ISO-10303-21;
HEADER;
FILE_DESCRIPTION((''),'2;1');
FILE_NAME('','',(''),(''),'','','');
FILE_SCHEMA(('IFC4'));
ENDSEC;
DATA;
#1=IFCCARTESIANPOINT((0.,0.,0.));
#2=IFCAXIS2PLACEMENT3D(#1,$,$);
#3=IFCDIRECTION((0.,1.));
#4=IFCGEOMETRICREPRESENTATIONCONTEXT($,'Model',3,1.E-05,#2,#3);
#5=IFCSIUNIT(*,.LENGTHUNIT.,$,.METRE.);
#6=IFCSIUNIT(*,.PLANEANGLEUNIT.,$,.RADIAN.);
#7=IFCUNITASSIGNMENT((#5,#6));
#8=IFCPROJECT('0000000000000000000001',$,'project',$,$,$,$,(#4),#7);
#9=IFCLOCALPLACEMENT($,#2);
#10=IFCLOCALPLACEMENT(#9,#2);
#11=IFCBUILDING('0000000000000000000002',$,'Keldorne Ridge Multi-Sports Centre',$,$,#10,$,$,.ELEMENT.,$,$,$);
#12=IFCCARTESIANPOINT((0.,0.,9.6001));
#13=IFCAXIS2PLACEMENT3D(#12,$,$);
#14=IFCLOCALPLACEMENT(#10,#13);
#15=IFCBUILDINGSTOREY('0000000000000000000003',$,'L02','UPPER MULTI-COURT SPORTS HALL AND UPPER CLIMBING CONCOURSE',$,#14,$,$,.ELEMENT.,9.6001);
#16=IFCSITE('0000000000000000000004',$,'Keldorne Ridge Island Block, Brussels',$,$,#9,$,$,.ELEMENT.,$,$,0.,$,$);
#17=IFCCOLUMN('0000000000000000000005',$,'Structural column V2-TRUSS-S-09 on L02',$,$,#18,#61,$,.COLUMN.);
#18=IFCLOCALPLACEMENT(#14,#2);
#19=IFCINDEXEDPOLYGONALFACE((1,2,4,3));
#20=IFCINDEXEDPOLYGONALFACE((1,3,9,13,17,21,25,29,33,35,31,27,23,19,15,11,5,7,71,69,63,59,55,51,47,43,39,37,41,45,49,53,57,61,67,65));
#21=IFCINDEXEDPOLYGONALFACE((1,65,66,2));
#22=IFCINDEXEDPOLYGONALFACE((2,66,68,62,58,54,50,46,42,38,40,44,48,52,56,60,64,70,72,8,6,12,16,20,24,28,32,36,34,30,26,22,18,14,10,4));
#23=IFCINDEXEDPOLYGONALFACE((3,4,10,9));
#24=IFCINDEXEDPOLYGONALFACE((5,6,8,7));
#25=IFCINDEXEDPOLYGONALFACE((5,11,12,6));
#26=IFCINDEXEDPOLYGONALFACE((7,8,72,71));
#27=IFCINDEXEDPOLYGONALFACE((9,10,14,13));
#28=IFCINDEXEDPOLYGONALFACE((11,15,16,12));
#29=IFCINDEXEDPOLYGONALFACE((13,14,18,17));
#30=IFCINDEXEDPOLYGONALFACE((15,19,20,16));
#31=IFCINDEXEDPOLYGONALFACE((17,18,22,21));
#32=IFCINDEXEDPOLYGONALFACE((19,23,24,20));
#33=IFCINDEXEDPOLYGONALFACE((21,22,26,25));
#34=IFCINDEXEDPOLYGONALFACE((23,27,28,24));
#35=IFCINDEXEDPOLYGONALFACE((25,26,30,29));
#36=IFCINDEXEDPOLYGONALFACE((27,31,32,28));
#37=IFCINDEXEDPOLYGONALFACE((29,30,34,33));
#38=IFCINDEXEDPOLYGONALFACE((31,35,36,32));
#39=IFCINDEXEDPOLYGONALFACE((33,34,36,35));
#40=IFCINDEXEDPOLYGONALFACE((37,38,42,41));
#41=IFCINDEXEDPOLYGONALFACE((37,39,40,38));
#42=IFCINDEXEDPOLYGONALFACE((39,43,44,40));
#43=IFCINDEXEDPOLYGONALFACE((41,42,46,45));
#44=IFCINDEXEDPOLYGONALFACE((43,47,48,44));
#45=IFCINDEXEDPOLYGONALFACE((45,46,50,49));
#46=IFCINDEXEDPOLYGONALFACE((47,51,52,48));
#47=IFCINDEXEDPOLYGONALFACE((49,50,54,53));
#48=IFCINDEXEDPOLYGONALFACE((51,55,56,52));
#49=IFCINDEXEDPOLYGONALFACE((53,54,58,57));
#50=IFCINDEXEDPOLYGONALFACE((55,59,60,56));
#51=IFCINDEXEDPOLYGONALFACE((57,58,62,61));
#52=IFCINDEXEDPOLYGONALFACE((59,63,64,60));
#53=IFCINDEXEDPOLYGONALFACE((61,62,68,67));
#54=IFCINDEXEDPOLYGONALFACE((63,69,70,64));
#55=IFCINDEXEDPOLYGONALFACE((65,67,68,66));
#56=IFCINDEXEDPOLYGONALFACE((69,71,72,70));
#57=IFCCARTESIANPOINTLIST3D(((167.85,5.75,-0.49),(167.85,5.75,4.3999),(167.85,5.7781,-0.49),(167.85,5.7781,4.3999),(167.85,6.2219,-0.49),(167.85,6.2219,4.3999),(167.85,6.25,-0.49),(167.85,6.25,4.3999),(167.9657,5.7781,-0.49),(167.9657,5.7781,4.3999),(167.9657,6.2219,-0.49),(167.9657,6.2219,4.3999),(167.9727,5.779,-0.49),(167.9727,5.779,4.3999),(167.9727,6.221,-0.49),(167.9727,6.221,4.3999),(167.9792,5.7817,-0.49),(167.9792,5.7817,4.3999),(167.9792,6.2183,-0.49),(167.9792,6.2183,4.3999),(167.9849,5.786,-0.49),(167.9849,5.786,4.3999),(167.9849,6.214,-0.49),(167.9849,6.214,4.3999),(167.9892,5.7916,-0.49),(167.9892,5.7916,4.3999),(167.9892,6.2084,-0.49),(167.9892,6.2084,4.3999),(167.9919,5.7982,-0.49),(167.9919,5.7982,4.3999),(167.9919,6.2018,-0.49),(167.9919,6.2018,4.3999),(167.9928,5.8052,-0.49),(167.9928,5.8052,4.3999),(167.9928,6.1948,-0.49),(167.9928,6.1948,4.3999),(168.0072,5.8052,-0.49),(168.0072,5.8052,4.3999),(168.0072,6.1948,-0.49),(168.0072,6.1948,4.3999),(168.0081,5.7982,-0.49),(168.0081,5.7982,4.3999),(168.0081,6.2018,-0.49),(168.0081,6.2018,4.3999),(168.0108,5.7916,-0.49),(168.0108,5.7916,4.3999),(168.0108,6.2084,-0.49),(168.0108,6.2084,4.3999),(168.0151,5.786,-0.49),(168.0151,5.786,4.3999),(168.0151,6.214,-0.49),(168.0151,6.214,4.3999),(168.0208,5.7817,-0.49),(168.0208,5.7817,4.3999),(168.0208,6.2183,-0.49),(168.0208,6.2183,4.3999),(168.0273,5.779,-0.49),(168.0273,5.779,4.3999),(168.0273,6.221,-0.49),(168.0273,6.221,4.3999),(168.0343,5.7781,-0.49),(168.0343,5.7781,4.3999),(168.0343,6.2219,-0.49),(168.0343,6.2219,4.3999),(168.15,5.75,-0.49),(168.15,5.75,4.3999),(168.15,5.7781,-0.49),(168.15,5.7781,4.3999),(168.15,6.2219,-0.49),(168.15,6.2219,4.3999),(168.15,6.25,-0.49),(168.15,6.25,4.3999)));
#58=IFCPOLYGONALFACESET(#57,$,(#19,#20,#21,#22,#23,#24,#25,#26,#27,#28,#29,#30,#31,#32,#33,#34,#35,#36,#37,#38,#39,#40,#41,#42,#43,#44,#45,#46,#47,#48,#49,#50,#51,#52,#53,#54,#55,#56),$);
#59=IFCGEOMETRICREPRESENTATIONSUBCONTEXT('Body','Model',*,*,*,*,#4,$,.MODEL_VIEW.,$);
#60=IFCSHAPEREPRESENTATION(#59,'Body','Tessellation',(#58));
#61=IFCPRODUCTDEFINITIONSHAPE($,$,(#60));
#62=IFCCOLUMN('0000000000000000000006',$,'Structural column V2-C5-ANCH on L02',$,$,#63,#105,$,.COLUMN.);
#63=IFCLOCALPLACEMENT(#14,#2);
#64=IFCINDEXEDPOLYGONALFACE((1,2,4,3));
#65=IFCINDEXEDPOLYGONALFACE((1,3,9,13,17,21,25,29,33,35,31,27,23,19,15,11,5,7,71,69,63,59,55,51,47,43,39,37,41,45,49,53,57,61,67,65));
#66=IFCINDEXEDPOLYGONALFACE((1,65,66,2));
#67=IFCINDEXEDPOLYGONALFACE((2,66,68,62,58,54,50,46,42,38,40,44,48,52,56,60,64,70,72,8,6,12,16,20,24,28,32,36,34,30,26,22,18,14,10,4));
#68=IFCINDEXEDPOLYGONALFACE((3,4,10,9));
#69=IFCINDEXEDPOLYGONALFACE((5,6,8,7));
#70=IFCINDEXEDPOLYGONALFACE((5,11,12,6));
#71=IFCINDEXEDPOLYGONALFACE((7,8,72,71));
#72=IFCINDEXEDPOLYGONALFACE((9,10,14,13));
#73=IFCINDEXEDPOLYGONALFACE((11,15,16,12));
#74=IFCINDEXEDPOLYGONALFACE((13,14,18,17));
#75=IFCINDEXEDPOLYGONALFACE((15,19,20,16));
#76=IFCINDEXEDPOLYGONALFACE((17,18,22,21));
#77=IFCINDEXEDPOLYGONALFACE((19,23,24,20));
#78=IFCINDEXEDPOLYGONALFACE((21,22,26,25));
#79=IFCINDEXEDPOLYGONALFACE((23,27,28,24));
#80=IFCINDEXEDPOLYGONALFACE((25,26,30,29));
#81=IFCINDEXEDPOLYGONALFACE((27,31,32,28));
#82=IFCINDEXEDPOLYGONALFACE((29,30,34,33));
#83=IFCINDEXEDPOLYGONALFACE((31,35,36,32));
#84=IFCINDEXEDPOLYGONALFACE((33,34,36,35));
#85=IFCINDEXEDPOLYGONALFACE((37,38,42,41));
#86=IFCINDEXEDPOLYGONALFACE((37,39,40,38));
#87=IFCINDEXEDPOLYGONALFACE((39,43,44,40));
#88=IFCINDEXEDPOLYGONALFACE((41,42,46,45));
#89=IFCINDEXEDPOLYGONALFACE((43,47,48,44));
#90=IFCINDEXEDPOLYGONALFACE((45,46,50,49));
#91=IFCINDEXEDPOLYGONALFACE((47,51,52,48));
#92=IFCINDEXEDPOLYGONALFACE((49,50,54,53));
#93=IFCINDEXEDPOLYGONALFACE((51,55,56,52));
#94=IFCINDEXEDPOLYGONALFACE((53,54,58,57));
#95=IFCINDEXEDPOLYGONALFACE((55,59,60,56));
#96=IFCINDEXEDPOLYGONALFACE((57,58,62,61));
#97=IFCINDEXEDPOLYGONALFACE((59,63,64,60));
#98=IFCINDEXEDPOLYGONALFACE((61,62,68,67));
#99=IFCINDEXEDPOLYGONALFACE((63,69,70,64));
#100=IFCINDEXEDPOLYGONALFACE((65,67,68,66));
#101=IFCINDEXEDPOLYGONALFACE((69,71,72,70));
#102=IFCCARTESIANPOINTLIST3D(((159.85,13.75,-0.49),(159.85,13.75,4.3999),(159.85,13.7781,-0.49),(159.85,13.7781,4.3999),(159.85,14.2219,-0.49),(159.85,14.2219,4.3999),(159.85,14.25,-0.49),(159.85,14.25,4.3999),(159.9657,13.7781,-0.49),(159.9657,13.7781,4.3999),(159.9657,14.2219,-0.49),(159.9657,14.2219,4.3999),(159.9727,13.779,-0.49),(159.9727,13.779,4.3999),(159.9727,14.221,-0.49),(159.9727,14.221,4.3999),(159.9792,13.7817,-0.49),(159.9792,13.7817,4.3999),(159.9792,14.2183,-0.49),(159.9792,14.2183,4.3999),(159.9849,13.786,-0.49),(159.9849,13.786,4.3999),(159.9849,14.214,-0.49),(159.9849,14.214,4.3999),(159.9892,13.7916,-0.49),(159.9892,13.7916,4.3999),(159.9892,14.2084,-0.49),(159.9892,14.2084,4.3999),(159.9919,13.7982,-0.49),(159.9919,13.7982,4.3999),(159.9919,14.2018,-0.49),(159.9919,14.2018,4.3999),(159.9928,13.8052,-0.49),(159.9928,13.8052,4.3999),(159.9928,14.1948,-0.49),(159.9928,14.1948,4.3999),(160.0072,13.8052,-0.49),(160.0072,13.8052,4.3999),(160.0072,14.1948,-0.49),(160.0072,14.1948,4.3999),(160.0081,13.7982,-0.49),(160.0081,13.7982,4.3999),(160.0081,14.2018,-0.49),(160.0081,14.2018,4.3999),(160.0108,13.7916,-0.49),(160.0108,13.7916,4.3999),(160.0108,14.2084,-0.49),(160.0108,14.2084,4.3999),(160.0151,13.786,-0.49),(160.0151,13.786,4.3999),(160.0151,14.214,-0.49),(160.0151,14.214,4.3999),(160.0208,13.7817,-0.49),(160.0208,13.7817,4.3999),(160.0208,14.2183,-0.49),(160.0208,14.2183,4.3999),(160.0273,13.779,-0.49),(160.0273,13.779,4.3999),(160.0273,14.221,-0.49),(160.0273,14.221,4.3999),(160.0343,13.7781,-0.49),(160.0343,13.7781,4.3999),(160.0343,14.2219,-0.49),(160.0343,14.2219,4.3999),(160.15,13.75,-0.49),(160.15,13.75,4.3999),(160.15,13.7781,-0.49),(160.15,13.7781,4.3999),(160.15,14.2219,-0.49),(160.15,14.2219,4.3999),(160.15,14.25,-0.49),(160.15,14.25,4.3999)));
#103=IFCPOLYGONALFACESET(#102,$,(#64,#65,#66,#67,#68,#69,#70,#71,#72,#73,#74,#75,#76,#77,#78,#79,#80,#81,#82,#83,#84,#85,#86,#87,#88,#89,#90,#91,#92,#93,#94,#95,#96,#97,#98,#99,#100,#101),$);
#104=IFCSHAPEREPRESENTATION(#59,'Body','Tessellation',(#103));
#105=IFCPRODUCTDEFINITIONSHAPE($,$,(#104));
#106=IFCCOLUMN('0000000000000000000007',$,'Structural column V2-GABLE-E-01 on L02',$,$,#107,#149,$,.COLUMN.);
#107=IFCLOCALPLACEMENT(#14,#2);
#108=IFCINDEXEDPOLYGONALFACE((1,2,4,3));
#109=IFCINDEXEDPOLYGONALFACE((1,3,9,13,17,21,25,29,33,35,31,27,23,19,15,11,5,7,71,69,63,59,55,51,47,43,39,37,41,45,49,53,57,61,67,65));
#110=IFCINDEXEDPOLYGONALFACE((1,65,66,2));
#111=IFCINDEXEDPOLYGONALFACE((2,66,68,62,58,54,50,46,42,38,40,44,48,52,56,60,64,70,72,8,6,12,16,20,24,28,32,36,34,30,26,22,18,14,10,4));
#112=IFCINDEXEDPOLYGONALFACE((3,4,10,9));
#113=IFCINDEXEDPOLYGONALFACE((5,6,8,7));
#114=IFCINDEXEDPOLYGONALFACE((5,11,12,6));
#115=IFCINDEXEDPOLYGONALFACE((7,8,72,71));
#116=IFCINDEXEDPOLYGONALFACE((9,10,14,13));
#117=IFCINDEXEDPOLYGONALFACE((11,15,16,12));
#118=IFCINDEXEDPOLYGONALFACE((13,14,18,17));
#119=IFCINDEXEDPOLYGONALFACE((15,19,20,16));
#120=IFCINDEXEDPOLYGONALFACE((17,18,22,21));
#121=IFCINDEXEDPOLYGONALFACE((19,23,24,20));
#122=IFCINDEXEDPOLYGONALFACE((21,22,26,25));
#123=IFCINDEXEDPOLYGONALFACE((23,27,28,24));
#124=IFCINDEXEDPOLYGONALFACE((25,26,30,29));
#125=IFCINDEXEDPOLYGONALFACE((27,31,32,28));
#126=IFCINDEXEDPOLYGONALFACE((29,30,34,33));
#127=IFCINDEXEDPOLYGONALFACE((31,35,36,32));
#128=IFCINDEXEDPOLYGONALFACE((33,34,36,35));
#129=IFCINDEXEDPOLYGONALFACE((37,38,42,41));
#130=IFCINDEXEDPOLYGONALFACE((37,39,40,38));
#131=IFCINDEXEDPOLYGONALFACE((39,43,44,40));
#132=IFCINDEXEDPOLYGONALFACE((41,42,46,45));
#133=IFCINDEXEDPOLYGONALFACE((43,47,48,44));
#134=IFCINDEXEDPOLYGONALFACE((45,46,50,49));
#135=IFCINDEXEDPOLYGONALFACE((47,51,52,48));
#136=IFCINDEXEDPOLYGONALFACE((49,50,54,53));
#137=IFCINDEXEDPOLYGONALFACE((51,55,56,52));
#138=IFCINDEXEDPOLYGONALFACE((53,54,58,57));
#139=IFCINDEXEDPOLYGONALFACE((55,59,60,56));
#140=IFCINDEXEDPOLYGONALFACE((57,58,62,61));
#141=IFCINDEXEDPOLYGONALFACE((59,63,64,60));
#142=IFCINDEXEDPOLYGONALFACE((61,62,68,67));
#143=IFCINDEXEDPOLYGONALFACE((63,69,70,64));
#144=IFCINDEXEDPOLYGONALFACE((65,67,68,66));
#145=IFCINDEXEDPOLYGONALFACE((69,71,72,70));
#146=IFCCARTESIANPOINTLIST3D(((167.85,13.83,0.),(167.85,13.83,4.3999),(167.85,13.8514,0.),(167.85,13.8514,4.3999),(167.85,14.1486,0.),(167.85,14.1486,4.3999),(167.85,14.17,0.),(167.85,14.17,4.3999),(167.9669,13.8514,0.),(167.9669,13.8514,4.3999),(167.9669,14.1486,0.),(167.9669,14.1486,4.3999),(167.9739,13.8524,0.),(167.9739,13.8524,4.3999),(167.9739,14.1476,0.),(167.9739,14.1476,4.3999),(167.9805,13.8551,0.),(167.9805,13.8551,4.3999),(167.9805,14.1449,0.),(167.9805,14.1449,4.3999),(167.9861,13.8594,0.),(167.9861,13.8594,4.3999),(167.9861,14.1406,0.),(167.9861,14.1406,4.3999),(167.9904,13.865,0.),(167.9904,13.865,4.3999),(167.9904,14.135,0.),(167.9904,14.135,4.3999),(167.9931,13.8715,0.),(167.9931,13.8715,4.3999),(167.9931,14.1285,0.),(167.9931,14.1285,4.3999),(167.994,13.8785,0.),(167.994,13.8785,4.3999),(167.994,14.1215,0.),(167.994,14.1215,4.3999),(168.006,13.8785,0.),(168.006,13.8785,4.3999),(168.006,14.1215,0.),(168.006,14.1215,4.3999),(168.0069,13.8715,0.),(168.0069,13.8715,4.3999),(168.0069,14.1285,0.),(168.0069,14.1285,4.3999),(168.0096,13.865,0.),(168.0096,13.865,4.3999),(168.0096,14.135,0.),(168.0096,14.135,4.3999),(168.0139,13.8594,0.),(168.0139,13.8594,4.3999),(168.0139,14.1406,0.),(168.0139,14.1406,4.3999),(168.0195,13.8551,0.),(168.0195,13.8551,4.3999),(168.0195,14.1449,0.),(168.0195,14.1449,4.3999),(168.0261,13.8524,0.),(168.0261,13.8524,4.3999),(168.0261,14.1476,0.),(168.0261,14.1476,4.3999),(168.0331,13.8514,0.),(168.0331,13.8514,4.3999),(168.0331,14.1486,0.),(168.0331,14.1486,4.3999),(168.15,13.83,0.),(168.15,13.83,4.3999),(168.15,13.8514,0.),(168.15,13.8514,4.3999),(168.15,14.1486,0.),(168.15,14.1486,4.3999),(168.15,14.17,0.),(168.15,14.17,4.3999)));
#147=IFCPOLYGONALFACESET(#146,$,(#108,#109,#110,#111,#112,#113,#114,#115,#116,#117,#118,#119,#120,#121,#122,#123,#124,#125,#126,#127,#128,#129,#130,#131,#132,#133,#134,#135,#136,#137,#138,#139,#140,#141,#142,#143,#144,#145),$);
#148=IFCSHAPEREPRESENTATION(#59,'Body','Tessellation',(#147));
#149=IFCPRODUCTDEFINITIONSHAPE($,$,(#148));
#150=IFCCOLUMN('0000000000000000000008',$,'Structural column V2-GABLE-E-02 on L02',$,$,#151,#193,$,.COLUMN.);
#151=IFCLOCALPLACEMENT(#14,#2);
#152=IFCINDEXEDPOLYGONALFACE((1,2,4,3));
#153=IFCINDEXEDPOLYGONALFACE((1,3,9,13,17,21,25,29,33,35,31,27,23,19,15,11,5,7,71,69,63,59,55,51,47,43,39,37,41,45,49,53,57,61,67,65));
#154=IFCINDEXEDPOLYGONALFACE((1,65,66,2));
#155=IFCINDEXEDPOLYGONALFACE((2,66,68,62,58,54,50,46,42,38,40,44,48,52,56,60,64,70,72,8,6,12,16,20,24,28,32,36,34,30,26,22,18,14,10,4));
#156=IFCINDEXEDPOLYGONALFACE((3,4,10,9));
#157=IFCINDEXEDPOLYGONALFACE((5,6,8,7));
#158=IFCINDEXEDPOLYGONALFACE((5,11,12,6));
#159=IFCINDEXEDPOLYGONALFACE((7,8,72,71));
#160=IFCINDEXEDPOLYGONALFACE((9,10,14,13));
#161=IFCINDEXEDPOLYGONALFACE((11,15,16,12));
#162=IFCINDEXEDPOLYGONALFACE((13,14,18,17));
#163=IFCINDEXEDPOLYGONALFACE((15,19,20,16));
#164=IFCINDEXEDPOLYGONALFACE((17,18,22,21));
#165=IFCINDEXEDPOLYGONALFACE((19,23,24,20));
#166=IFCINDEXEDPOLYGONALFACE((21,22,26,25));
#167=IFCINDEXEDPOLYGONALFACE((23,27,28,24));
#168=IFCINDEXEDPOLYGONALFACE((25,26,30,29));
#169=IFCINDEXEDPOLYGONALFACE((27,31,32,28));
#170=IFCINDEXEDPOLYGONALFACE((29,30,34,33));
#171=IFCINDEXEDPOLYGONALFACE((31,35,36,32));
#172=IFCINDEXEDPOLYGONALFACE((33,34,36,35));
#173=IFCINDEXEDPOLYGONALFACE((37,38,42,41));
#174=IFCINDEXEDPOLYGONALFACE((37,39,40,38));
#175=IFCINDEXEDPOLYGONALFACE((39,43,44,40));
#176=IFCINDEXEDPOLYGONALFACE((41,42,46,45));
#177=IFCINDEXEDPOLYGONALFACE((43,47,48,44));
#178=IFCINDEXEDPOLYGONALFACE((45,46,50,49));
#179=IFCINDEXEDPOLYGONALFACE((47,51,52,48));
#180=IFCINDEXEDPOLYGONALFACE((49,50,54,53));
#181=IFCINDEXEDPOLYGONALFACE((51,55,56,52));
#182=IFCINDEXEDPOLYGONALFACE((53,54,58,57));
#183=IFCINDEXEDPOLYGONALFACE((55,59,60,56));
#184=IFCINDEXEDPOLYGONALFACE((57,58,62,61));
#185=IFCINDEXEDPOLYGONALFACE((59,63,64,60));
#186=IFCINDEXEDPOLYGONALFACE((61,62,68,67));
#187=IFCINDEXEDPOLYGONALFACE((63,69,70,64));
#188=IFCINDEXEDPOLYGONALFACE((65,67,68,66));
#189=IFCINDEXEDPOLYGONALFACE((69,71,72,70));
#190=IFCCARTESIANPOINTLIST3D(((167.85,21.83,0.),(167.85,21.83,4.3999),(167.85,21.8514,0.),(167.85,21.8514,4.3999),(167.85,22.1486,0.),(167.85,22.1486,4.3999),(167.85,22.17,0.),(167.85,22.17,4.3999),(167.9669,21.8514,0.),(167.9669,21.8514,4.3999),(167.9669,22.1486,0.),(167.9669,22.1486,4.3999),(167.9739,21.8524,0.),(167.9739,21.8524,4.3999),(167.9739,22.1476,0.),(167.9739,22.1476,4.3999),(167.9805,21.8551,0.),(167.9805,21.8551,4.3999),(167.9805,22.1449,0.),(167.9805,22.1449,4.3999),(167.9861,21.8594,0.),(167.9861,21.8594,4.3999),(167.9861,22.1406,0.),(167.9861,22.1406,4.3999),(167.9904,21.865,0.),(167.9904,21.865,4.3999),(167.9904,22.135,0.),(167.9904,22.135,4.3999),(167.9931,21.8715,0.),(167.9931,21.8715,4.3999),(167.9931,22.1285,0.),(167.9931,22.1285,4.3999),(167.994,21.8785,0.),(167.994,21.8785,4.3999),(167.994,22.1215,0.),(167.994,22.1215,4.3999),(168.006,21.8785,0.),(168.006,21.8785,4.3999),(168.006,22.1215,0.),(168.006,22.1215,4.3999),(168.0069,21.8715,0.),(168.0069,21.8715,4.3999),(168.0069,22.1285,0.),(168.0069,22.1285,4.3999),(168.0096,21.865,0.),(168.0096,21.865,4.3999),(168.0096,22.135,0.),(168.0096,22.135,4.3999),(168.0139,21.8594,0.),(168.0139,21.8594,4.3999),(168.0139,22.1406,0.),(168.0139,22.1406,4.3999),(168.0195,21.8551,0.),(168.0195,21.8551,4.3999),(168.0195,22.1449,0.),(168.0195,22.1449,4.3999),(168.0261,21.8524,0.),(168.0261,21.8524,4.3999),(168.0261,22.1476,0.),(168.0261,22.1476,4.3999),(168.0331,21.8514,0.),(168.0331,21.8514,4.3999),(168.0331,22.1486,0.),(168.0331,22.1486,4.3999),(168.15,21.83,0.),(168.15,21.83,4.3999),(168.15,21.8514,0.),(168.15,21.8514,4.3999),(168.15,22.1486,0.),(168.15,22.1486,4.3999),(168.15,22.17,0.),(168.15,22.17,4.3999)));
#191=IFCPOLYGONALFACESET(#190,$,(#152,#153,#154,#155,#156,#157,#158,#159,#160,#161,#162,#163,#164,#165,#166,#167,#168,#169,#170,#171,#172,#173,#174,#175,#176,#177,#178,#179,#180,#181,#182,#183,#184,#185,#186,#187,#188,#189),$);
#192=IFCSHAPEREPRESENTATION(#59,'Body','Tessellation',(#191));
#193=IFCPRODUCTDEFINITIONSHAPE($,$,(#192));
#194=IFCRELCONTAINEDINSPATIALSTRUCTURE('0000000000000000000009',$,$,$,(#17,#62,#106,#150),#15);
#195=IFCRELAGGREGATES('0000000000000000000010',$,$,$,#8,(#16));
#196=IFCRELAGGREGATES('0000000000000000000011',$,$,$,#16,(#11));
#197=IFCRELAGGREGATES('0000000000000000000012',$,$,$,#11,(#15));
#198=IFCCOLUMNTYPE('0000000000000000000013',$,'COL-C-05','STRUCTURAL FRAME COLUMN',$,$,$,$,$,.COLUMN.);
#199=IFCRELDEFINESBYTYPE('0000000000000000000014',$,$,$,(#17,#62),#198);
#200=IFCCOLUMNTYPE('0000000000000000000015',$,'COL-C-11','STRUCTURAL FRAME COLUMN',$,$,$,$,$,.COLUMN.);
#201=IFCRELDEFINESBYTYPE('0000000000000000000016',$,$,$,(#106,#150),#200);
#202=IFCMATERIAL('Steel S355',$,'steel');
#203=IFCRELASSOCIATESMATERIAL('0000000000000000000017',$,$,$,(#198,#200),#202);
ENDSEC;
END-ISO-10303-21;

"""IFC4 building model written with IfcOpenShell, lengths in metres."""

from ifc_helpers import new_model, si_unit, direction, frame, origin, origin_2d, place, context, subcontext, project, spatial, i_section, extrude, material, material_profile, profile_set, type_object, element, save


model = new_model("IFC4")

# Units and contexts
model_context = context("Model", 3, precision=1e-05, world=origin(), true_north=direction((0.0, 1.0)))
body_context = subcontext(model_context, "Body", "Model", "MODEL_VIEW")
ifc_project = project(units=[si_unit("LENGTHUNIT", "METRE"), si_unit("PLANEANGLEUNIT", "RADIAN")], contexts=[model_context])

# Site, building, storey
site_placement = place(None, origin())
site = spatial("IfcSite", under=ifc_project, at=site_placement, Name="Keldorne Ridge Island Block, Brussels", CompositionType="ELEMENT", RefElevation=0.0)
building_placement = place(site_placement, origin())
building = spatial("IfcBuilding", under=site, at=building_placement, Name="Keldorne Ridge Multi-Sports Centre", CompositionType="ELEMENT")
storey_placement = place(building_placement, frame((0.0, 0.0, 9.6001)))
storey = spatial("IfcBuildingStorey", under=building, at=storey_placement, Name="L02", Description="UPPER MULTI-COURT SPORTS HALL AND UPPER CLIMBING CONCOURSE", CompositionType="ELEMENT", Elevation=9.6001)

# Columns
ifc_material_1 = material(Name="Steel S355", Category="steel")
ifc_material_profile_1 = material_profile(ifc_material_1, i_section(OverallWidth=0.3, OverallDepth=0.5, WebThickness=0.0144, FlangeThickness=0.0281, FilletRadius=0.0271, at=origin_2d()), Name="HEB 500")
ifc_profile_set_1 = profile_set([ifc_material_profile_1], Name="Steel S355")
column_type_1 = type_object("IfcColumnType", Name="COL-C-05", Description="STRUCTURAL FRAME COLUMN", PredefinedType="COLUMN", material=ifc_profile_set_1)
for number, where, z_axis, x_axis, name in (
    (1, (168.0, 6.0, -0.49), (0.0, 0.0, 1.0), (1.0, 0.0, 0.0), "Structural column V2-TRUSS-S-09 on L02"),
    (2, (160.0, 14.0, -0.49), (0.0, 0.0, 1.0), (1.0, 0.0, 0.0), "Structural column V2-C5-ANCH on L02"),
):
    element("IfcColumn", number, at=place(storey_placement, frame(where, z_axis=z_axis, x_axis=x_axis)), inside=storey, type_object=column_type_1, Name=name, PredefinedType="COLUMN", context=body_context, shape_type="SweptSolid", body=[
        extrude(i_section(OverallWidth=0.3, OverallDepth=0.5, WebThickness=0.0144, FlangeThickness=0.0281, FilletRadius=0.0271, at=origin_2d()), origin(), (0.0, 0.0, 1.0), 4.8899),
    ])
ifc_material_profile_2 = material_profile(ifc_material_1, i_section(OverallWidth=0.3, OverallDepth=0.3401, WebThickness=0.012, FlangeThickness=0.0215, FilletRadius=0.0271, at=origin_2d()), Name="HEB 340")
ifc_profile_set_2 = profile_set([ifc_material_profile_2], Name="Steel S355")
column_type_2 = type_object("IfcColumnType", Name="COL-C-11", Description="STRUCTURAL FRAME COLUMN", PredefinedType="COLUMN", material=ifc_profile_set_2)
for number, where, z_axis, x_axis, name in (
    (3, (168.0, 14.0, 0.0), (0.0, 0.0, 1.0), (1.0, 0.0, 0.0), "Structural column V2-GABLE-E-01 on L02"),
    (4, (168.0, 22.0, 0.0), (0.0, 0.0, 1.0), (1.0, 0.0, 0.0), "Structural column V2-GABLE-E-02 on L02"),
):
    element("IfcColumn", number, at=place(storey_placement, frame(where, z_axis=z_axis, x_axis=x_axis)), inside=storey, type_object=column_type_2, Name=name, PredefinedType="COLUMN", context=body_context, shape_type="SweptSolid", body=[
        extrude(i_section(OverallWidth=0.3, OverallDepth=0.3401, WebThickness=0.012, FlangeThickness=0.0215, FilletRadius=0.0271, at=origin_2d()), origin(), (0.0, 0.0, 1.0), 4.3999),
    ])

save(model, "model.ifc")
